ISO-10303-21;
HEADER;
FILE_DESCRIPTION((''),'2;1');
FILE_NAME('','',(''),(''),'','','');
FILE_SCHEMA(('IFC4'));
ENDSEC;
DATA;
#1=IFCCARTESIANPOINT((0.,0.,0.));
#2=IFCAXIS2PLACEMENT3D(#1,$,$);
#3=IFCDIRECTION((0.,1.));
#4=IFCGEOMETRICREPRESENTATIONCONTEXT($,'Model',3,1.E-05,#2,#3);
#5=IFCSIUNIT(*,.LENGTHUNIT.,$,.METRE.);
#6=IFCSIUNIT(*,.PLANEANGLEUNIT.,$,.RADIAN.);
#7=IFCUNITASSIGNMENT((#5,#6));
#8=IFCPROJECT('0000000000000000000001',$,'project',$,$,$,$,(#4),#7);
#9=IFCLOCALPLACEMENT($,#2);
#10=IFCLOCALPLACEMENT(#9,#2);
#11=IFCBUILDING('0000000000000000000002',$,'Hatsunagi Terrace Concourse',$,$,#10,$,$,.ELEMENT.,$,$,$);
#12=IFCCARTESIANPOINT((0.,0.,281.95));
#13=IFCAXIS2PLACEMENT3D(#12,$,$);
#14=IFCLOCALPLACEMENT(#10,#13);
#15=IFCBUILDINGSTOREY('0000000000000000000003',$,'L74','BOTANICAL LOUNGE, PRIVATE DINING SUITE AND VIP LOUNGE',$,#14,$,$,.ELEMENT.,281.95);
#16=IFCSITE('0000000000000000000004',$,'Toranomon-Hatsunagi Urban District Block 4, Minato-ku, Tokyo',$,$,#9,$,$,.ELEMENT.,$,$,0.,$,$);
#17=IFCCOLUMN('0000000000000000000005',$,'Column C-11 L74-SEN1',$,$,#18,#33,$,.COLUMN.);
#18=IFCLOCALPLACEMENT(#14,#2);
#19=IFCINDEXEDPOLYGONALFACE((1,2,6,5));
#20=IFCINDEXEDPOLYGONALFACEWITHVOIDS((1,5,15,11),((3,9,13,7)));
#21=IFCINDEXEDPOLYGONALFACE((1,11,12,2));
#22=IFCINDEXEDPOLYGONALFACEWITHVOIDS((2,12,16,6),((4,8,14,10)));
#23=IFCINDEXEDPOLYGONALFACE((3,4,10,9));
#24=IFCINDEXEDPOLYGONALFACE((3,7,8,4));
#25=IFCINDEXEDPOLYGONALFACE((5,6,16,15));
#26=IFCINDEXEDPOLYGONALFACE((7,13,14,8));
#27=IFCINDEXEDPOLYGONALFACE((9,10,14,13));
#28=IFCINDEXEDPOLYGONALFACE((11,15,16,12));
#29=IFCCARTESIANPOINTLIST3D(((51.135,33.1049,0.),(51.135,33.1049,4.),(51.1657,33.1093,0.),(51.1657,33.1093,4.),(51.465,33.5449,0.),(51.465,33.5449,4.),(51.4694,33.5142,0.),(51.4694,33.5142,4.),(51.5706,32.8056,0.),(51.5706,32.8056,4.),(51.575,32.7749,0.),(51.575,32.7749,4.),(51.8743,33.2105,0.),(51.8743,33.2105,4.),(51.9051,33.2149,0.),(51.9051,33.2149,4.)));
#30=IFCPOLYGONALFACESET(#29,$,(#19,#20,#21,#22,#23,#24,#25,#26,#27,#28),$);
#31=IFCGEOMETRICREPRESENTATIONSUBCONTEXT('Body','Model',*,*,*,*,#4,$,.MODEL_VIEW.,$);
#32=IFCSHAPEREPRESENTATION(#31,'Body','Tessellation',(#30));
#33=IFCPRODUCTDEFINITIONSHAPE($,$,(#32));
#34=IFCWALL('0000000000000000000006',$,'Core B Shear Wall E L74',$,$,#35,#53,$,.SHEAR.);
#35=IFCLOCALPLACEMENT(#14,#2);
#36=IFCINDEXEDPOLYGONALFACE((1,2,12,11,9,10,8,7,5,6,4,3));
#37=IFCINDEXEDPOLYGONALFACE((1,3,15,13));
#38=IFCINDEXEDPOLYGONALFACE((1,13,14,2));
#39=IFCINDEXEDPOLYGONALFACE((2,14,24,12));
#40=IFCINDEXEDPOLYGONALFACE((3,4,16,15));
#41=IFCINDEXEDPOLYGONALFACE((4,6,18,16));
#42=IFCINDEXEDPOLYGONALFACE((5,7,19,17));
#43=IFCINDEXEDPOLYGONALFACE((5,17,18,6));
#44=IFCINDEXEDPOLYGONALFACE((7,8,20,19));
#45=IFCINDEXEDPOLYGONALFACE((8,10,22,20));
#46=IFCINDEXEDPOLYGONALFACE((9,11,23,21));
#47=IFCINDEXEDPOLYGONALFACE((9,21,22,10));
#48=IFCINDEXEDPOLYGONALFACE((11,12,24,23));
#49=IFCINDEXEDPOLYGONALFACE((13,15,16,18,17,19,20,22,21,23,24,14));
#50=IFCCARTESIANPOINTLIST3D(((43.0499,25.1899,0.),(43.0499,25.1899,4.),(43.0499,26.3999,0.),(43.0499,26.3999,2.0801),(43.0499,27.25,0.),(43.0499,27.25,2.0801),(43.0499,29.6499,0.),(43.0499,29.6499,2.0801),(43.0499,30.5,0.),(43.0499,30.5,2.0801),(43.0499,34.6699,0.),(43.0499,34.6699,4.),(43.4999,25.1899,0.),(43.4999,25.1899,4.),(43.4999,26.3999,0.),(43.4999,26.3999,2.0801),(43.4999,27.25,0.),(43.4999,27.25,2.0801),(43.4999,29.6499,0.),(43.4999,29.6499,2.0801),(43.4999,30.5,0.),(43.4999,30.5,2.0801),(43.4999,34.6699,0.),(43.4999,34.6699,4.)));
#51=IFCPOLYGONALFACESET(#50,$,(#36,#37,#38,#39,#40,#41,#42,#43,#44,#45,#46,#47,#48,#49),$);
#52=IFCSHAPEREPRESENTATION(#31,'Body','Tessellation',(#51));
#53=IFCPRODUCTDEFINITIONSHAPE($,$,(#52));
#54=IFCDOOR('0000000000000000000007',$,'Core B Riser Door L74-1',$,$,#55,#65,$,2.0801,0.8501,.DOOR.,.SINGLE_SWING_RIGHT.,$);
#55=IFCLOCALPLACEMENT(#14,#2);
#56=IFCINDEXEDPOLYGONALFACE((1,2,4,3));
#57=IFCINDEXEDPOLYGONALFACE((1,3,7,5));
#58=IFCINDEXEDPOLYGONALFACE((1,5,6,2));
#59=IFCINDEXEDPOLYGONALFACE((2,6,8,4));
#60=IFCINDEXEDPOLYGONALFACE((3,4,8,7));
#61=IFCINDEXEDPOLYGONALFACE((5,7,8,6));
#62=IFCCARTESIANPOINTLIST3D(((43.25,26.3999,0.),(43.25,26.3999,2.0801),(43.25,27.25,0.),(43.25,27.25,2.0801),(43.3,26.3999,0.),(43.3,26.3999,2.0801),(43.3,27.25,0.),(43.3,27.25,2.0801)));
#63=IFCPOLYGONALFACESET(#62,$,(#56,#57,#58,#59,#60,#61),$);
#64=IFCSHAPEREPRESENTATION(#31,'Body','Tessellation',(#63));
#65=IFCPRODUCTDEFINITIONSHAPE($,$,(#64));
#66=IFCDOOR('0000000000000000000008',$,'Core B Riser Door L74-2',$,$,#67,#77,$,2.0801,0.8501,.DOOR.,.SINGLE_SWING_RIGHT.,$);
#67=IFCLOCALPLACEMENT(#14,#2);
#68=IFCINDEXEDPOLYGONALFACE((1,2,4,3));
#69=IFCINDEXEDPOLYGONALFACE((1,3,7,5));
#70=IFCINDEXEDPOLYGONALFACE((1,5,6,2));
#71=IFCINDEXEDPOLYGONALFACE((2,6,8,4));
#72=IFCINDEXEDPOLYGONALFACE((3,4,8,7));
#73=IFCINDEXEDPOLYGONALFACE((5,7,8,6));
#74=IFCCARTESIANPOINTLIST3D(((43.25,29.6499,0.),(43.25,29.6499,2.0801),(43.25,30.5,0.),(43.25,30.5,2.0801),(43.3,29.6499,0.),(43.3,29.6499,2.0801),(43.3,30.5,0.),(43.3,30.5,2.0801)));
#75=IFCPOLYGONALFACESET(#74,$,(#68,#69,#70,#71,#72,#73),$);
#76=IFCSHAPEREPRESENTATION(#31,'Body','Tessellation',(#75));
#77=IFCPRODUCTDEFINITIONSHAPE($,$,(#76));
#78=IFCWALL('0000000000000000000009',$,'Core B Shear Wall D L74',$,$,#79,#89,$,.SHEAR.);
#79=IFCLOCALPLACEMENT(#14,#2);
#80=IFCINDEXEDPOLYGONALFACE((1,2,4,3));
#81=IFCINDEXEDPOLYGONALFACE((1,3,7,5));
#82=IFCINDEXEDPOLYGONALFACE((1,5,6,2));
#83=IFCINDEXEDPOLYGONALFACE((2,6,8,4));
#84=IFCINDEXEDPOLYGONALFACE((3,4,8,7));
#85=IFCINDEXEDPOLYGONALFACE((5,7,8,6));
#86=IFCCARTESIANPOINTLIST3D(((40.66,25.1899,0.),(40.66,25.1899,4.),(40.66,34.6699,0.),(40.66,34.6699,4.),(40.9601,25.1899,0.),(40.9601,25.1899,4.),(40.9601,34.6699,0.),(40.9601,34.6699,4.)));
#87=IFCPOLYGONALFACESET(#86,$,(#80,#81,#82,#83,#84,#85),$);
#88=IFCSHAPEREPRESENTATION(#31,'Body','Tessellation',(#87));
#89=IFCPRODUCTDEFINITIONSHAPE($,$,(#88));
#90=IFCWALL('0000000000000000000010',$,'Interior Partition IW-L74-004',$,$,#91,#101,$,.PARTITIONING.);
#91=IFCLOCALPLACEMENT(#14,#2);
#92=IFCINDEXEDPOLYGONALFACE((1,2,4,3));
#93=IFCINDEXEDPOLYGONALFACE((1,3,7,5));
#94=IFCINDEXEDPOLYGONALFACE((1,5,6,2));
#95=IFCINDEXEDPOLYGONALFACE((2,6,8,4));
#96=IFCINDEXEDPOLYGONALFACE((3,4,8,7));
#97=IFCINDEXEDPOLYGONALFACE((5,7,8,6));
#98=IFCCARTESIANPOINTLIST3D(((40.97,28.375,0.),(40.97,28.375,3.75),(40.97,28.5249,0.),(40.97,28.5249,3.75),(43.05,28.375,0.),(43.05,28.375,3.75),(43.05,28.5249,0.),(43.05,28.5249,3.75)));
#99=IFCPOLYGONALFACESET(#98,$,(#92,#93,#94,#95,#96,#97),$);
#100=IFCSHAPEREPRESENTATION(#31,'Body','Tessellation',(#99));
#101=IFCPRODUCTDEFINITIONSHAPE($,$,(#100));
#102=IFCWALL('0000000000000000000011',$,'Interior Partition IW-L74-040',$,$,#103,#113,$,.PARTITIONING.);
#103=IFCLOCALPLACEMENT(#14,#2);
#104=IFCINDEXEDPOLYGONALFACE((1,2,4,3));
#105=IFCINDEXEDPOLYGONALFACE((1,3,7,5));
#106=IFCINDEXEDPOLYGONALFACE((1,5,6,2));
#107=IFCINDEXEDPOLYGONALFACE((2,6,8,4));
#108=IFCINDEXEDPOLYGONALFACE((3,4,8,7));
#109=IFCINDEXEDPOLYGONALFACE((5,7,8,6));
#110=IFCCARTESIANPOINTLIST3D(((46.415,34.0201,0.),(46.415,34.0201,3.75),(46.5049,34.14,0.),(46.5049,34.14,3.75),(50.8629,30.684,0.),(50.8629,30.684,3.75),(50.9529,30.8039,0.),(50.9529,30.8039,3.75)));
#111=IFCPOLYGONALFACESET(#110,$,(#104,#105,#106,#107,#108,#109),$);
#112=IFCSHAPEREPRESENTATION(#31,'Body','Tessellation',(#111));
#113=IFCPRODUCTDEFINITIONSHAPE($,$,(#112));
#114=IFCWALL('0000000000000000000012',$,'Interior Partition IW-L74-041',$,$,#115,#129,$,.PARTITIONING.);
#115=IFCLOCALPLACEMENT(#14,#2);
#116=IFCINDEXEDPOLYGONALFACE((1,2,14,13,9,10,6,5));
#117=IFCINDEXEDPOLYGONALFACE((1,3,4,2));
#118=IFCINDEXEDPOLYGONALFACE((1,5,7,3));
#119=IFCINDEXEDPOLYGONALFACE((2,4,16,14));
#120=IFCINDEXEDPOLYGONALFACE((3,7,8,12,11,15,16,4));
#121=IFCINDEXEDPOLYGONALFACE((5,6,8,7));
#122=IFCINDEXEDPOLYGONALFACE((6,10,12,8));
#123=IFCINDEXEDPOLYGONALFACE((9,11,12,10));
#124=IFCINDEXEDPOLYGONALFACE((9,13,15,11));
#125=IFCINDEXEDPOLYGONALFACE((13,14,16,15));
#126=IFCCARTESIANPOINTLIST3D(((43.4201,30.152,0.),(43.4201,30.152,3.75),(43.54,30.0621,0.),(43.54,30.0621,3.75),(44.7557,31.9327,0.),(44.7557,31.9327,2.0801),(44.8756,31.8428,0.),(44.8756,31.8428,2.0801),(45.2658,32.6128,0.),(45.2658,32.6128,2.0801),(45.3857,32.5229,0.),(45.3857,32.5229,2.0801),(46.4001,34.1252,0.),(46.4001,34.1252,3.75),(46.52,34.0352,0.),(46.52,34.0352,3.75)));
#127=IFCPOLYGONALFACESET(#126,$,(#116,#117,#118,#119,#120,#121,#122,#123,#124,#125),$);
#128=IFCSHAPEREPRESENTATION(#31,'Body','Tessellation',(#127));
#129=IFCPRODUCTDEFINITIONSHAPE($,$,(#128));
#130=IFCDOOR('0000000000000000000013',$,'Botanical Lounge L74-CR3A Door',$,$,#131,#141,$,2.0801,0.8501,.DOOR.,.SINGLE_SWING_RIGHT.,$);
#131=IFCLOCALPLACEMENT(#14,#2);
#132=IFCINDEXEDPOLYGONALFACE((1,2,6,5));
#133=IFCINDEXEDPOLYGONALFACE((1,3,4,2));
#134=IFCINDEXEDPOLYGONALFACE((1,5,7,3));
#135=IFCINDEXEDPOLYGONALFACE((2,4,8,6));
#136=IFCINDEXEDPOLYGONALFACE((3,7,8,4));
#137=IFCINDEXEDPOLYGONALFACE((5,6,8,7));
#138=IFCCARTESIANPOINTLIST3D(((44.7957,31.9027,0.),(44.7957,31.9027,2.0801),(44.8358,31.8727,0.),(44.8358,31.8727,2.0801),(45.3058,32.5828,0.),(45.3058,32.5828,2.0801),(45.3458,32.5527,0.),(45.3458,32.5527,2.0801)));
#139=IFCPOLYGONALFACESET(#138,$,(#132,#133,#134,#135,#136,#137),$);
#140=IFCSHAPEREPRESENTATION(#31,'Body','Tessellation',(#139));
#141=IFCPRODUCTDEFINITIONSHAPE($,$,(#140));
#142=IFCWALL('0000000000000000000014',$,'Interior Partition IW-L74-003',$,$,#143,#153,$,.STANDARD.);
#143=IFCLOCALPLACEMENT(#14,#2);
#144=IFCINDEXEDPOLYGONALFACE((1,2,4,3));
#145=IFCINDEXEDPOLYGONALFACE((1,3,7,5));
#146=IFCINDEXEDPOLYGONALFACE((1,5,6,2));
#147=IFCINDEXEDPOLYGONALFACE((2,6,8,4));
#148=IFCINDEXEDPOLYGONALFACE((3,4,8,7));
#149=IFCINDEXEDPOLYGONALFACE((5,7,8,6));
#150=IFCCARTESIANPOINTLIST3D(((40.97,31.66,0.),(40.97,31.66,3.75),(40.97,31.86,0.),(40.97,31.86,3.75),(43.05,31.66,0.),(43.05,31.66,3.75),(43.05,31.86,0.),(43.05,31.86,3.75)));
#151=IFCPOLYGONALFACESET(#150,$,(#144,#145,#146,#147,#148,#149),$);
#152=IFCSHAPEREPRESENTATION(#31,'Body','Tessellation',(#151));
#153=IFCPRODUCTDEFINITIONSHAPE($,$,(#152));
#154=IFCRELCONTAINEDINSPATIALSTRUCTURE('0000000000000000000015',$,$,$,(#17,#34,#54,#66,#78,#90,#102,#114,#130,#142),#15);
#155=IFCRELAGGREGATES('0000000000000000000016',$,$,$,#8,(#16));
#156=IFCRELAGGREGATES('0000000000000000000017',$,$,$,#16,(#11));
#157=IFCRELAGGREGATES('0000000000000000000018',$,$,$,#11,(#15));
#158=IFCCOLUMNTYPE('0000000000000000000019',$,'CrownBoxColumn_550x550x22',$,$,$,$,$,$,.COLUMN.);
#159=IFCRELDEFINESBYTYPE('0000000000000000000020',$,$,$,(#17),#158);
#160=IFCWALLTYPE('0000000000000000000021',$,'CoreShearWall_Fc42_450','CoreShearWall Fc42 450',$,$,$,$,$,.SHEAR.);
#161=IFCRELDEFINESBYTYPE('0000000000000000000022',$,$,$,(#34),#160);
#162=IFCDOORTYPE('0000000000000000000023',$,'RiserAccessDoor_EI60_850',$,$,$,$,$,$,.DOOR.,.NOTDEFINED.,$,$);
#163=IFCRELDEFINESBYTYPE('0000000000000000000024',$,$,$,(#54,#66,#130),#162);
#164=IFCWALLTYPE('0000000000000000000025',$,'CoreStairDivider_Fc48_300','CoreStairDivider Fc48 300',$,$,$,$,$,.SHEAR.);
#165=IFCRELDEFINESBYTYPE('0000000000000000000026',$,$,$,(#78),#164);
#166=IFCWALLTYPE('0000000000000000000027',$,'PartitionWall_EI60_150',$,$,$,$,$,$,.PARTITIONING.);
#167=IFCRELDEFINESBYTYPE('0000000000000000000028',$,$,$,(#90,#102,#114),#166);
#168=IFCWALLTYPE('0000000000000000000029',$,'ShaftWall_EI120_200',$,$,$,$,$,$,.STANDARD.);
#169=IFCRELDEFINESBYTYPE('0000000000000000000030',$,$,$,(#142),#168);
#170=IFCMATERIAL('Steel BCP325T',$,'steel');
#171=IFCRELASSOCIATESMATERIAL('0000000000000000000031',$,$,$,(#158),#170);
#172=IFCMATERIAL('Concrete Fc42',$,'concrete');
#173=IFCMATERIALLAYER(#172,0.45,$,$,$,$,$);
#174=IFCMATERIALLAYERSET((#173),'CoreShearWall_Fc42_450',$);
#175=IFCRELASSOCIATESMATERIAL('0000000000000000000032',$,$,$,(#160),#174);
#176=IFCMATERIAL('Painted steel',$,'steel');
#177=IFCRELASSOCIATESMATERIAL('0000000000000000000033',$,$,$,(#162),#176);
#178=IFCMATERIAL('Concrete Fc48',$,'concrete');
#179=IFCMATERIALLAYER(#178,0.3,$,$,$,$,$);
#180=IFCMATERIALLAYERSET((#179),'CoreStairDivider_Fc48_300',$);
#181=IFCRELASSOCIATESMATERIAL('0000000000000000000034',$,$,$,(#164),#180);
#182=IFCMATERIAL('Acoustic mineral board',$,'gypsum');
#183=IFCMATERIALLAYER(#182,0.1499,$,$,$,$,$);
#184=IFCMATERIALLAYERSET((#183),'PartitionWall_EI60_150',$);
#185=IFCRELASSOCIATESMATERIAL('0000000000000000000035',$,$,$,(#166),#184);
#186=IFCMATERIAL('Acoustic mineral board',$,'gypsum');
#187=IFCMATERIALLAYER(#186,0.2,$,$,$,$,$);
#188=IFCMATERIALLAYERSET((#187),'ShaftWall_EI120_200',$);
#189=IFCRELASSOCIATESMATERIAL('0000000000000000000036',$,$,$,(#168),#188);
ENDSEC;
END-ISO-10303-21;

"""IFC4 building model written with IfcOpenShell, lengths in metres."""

from ifc_helpers import new_model, si_unit, direction, frame, frame_2d, origin, origin_2d, place, context, subcontext, project, spatial, rectangle, hollow_rectangle, extrude, material, layer, layer_set, material_profile, profile_set, type_object, element, fill, save


model = new_model("IFC4")

# Units and contexts
model_context = context("Model", 3, precision=1e-05, world=origin(), true_north=direction((0.0, 1.0)))
body_context = subcontext(model_context, "Body", "Model", "MODEL_VIEW")
ifc_project = project(units=[si_unit("LENGTHUNIT", "METRE"), si_unit("PLANEANGLEUNIT", "RADIAN")], contexts=[model_context])

# Site, building, storey
site_placement = place(None, origin())
site = spatial("IfcSite", under=ifc_project, at=site_placement, Name="Toranomon-Hatsunagi Urban District Block 4, Minato-ku, Tokyo", CompositionType="ELEMENT", RefElevation=0.0)
building_placement = place(site_placement, origin())
building = spatial("IfcBuilding", under=site, at=building_placement, Name="Hatsunagi Terrace Concourse", CompositionType="ELEMENT")
storey_placement = place(building_placement, frame((0.0, 0.0, 281.95)))
storey = spatial("IfcBuildingStorey", under=building, at=storey_placement, Name="L74", Description="BOTANICAL LOUNGE, PRIVATE DINING SUITE AND VIP LOUNGE", CompositionType="ELEMENT", Elevation=281.95)

# Column
ifc_material_1 = material(Name="Steel BCP325T", Category="steel")
ifc_material_profile = material_profile(ifc_material_1, hollow_rectangle(XDim=0.55, YDim=0.55, WallThickness=0.022, at=origin_2d()), Name="BCP-550x550x22")
ifc_profile_set = profile_set([ifc_material_profile], Name="Steel BCP325T")
column_type = type_object("IfcColumnType", Name="CrownBoxColumn_550x550x22", PredefinedType="COLUMN", material=ifc_profile_set)
column_placement = place(storey_placement, frame((51.52, 33.1599, 0.0), z_axis=(0.0, 0.0, 1.0), x_axis=(0.8, -0.6, 0.0)))
element("IfcColumn", 1, at=column_placement, inside=storey, type_object=column_type, Name="Column C-11 L74-SEN1", PredefinedType="COLUMN", context=body_context, shape_type="SweptSolid", body=[
    extrude(hollow_rectangle(XDim=0.55, YDim=0.55, WallThickness=0.022, at=origin_2d()), origin(), (0.0, 0.0, 1.0), 4.0),
])

# Wall, openings, doors
ifc_material_2 = material(Name="Concrete Fc42", Category="concrete")
ifc_layer_1 = layer(ifc_material_2, 0.45)
ifc_layer_set_1 = layer_set([ifc_layer_1], Name="CoreShearWall_Fc42_450")
wall_type_1 = type_object("IfcWallType", Name="CoreShearWall_Fc42_450", Description="CoreShearWall Fc42 450", PredefinedType="SHEAR", material=ifc_layer_set_1)
wall_1_placement = place(storey_placement, frame((43.2749, 25.1899, 0.0), z_axis=(0.0, 0.0, 1.0), x_axis=(0.0, 1.0, 0.0)))
wall_1 = element("IfcWall", 2, at=wall_1_placement, inside=storey, type_object=wall_type_1, Name="Core B Shear Wall E L74", PredefinedType="SHEAR", context=body_context, shape_type="SweptSolid", body=[
    extrude(rectangle(XDim=9.48, YDim=0.45, at=frame_2d((4.74, 0.0))), origin(), (0.0, 0.0, 1.0), 4.0),
])
opening_1_placement = place(wall_1_placement, frame((1.21, 0.0, 0.0)))
opening_1 = element("IfcOpeningElement", 3, at=opening_1_placement, cuts=wall_1, PredefinedType="OPENING", context=body_context, shape_type="SweptSolid", body=[
    extrude(rectangle(XDim=0.8501, YDim=2.0801, at=frame_2d((0.425, 1.04))), frame((0.0, 0.2349, 0.0), z_axis=(0.0, -1.0, 0.0), x_axis=(1.0, 0.0, 0.0)), (0.0, 0.0, 1.0), 0.47),
])
opening_2_placement = place(wall_1_placement, frame((4.46, 0.0, 0.0)))
opening_2 = element("IfcOpeningElement", 4, at=opening_2_placement, cuts=wall_1, PredefinedType="OPENING", context=body_context, shape_type="SweptSolid", body=[
    extrude(rectangle(XDim=0.8501, YDim=2.0801, at=frame_2d((0.425, 1.04))), frame((0.0, 0.2349, 0.0), z_axis=(0.0, -1.0, 0.0), x_axis=(1.0, 0.0, 0.0)), (0.0, 0.0, 1.0), 0.47),
])
ifc_material_3 = material(Name="Painted steel", Category="steel")
door_type_1 = type_object("IfcDoorType", Name="RiserAccessDoor_EI60_850", OperationType="NOTDEFINED", PredefinedType="DOOR", material=ifc_material_3)
door_1_placement = place(opening_1_placement, origin())
door_1 = element("IfcDoor", 5, at=door_1_placement, inside=storey, type_object=door_type_1, Name="Core B Riser Door L74-1", OperationType="SINGLE_SWING_RIGHT", OverallHeight=2.0801, OverallWidth=0.8501, PredefinedType="DOOR", context=body_context, shape_type="SweptSolid", body=[
    extrude(rectangle(XDim=0.8501, YDim=2.0801, at=frame_2d((0.425, 1.04))), frame((0.0, 0.0249, 0.0), z_axis=(0.0, -1.0, 0.0), x_axis=(1.0, 0.0, 0.0)), (0.0, 0.0, 1.0), 0.05),
])
fill(opening_1, door_1)
door_2_placement = place(opening_2_placement, origin())
door_2 = element("IfcDoor", 6, at=door_2_placement, inside=storey, type_object=door_type_1, Name="Core B Riser Door L74-2", OperationType="SINGLE_SWING_RIGHT", OverallHeight=2.0801, OverallWidth=0.8501, PredefinedType="DOOR", context=body_context, shape_type="SweptSolid", body=[
    extrude(rectangle(XDim=0.8501, YDim=2.0801, at=frame_2d((0.425, 1.04))), frame((0.0, 0.0249, 0.0), z_axis=(0.0, -1.0, 0.0), x_axis=(1.0, 0.0, 0.0)), (0.0, 0.0, 1.0), 0.05),
])
fill(opening_2, door_2)

# Walls
ifc_material_4 = material(Name="Concrete Fc48", Category="concrete")
ifc_layer_2 = layer(ifc_material_4, 0.3)
ifc_layer_set_2 = layer_set([ifc_layer_2], Name="CoreStairDivider_Fc48_300")
wall_type_2 = type_object("IfcWallType", Name="CoreStairDivider_Fc48_300", Description="CoreStairDivider Fc48 300", PredefinedType="SHEAR", material=ifc_layer_set_2)
wall_2_placement = place(storey_placement, frame((40.8101, 25.1899, 0.0), z_axis=(0.0, 0.0, 1.0), x_axis=(0.0, 1.0, 0.0)))
element("IfcWall", 7, at=wall_2_placement, inside=storey, type_object=wall_type_2, Name="Core B Shear Wall D L74", PredefinedType="SHEAR", context=body_context, shape_type="SweptSolid", body=[
    extrude(rectangle(XDim=9.48, YDim=0.3, at=frame_2d((4.74, 0.0))), origin(), (0.0, 0.0, 1.0), 4.0),
])
ifc_material_5 = material(Name="Acoustic mineral board", Category="gypsum")
ifc_layer_3 = layer(ifc_material_5, 0.1499)
ifc_layer_set_3 = layer_set([ifc_layer_3], Name="PartitionWall_EI60_150")
wall_type_3 = type_object("IfcWallType", Name="PartitionWall_EI60_150", PredefinedType="PARTITIONING", material=ifc_layer_set_3)
wall_3_placement = place(storey_placement, frame((40.97, 28.45, 0.0), z_axis=(0.0, 0.0, 1.0), x_axis=(1.0, 0.0, 0.0)))
element("IfcWall", 8, at=wall_3_placement, inside=storey, type_object=wall_type_3, Name="Interior Partition IW-L74-004", PredefinedType="PARTITIONING", context=body_context, shape_type="SweptSolid", body=[
    extrude(rectangle(XDim=2.0801, YDim=0.1499, at=frame_2d((1.04, 0.0))), origin(), (0.0, 0.0, 1.0), 3.75),
])
wall_4_placement = place(storey_placement, frame((46.46, 34.0801, 0.0), z_axis=(0.0, 0.0, 1.0), x_axis=(0.799984, -0.600021, 0.0)))
element("IfcWall", 9, at=wall_4_placement, inside=storey, type_object=wall_type_3, Name="Interior Partition IW-L74-040", PredefinedType="PARTITIONING", context=body_context, shape_type="SweptSolid", body=[
    extrude(rectangle(XDim=5.5601, YDim=0.1499, at=frame_2d((2.78, 0.0))), origin(), (0.0, 0.0, 1.0), 3.75),
])

# Wall, opening, door
wall_5_placement = place(storey_placement, frame((43.48, 30.1069, 0.0), z_axis=(0.0, 0.0, 1.0), x_axis=(0.600016, 0.799988, 0.0)))
wall_5 = element("IfcWall", 10, at=wall_5_placement, inside=storey, type_object=wall_type_3, Name="Interior Partition IW-L74-041", PredefinedType="PARTITIONING", context=body_context, shape_type="SweptSolid", body=[
    extrude(rectangle(XDim=4.9666, YDim=0.1499, at=frame_2d((2.4834, 0.0))), origin(), (0.0, 0.0, 1.0), 3.75),
])
opening_3_placement = place(wall_5_placement, frame((2.2261, 0.0, 0.0)))
opening_3 = element("IfcOpeningElement", 11, at=opening_3_placement, cuts=wall_5, PredefinedType="OPENING", context=body_context, shape_type="SweptSolid", body=[
    extrude(rectangle(XDim=0.8501, YDim=2.0801, at=frame_2d((0.425, 1.04))), frame((0.0, 0.085, 0.0), z_axis=(0.0, -1.0, 0.0), x_axis=(1.0, 0.0, 0.0)), (0.0, 0.0, 1.0), 0.1699),
])
door_3_placement = place(opening_3_placement, origin())
door_3 = element("IfcDoor", 12, at=door_3_placement, inside=storey, type_object=door_type_1, Name="Botanical Lounge L74-CR3A Door", OperationType="SINGLE_SWING_RIGHT", OverallHeight=2.0801, OverallWidth=0.8501, PredefinedType="DOOR", context=body_context, shape_type="SweptSolid", body=[
    extrude(rectangle(XDim=0.8501, YDim=2.0801, at=frame_2d((0.425, 1.04))), frame((0.0, 0.0249, 0.0), z_axis=(0.0, -1.0, 0.0), x_axis=(1.0, 0.0, 0.0)), (0.0, 0.0, 1.0), 0.05),
])
fill(opening_3, door_3)

# Wall
ifc_material_6 = material(Name="Acoustic mineral board", Category="gypsum")
ifc_layer_4 = layer(ifc_material_6, 0.2)
ifc_layer_set_4 = layer_set([ifc_layer_4], Name="ShaftWall_EI120_200")
wall_type_4 = type_object("IfcWallType", Name="ShaftWall_EI120_200", PredefinedType="STANDARD", material=ifc_layer_set_4)
wall_6_placement = place(storey_placement, frame((40.97, 31.76, 0.0), z_axis=(0.0, 0.0, 1.0), x_axis=(1.0, 0.0, 0.0)))
element("IfcWall", 13, at=wall_6_placement, inside=storey, type_object=wall_type_4, Name="Interior Partition IW-L74-003", PredefinedType="STANDARD", context=body_context, shape_type="SweptSolid", body=[
    extrude(rectangle(XDim=2.0801, YDim=0.2, at=frame_2d((1.04, 0.0))), origin(), (0.0, 0.0, 1.0), 3.75),
])

save(model, "model.ifc")
